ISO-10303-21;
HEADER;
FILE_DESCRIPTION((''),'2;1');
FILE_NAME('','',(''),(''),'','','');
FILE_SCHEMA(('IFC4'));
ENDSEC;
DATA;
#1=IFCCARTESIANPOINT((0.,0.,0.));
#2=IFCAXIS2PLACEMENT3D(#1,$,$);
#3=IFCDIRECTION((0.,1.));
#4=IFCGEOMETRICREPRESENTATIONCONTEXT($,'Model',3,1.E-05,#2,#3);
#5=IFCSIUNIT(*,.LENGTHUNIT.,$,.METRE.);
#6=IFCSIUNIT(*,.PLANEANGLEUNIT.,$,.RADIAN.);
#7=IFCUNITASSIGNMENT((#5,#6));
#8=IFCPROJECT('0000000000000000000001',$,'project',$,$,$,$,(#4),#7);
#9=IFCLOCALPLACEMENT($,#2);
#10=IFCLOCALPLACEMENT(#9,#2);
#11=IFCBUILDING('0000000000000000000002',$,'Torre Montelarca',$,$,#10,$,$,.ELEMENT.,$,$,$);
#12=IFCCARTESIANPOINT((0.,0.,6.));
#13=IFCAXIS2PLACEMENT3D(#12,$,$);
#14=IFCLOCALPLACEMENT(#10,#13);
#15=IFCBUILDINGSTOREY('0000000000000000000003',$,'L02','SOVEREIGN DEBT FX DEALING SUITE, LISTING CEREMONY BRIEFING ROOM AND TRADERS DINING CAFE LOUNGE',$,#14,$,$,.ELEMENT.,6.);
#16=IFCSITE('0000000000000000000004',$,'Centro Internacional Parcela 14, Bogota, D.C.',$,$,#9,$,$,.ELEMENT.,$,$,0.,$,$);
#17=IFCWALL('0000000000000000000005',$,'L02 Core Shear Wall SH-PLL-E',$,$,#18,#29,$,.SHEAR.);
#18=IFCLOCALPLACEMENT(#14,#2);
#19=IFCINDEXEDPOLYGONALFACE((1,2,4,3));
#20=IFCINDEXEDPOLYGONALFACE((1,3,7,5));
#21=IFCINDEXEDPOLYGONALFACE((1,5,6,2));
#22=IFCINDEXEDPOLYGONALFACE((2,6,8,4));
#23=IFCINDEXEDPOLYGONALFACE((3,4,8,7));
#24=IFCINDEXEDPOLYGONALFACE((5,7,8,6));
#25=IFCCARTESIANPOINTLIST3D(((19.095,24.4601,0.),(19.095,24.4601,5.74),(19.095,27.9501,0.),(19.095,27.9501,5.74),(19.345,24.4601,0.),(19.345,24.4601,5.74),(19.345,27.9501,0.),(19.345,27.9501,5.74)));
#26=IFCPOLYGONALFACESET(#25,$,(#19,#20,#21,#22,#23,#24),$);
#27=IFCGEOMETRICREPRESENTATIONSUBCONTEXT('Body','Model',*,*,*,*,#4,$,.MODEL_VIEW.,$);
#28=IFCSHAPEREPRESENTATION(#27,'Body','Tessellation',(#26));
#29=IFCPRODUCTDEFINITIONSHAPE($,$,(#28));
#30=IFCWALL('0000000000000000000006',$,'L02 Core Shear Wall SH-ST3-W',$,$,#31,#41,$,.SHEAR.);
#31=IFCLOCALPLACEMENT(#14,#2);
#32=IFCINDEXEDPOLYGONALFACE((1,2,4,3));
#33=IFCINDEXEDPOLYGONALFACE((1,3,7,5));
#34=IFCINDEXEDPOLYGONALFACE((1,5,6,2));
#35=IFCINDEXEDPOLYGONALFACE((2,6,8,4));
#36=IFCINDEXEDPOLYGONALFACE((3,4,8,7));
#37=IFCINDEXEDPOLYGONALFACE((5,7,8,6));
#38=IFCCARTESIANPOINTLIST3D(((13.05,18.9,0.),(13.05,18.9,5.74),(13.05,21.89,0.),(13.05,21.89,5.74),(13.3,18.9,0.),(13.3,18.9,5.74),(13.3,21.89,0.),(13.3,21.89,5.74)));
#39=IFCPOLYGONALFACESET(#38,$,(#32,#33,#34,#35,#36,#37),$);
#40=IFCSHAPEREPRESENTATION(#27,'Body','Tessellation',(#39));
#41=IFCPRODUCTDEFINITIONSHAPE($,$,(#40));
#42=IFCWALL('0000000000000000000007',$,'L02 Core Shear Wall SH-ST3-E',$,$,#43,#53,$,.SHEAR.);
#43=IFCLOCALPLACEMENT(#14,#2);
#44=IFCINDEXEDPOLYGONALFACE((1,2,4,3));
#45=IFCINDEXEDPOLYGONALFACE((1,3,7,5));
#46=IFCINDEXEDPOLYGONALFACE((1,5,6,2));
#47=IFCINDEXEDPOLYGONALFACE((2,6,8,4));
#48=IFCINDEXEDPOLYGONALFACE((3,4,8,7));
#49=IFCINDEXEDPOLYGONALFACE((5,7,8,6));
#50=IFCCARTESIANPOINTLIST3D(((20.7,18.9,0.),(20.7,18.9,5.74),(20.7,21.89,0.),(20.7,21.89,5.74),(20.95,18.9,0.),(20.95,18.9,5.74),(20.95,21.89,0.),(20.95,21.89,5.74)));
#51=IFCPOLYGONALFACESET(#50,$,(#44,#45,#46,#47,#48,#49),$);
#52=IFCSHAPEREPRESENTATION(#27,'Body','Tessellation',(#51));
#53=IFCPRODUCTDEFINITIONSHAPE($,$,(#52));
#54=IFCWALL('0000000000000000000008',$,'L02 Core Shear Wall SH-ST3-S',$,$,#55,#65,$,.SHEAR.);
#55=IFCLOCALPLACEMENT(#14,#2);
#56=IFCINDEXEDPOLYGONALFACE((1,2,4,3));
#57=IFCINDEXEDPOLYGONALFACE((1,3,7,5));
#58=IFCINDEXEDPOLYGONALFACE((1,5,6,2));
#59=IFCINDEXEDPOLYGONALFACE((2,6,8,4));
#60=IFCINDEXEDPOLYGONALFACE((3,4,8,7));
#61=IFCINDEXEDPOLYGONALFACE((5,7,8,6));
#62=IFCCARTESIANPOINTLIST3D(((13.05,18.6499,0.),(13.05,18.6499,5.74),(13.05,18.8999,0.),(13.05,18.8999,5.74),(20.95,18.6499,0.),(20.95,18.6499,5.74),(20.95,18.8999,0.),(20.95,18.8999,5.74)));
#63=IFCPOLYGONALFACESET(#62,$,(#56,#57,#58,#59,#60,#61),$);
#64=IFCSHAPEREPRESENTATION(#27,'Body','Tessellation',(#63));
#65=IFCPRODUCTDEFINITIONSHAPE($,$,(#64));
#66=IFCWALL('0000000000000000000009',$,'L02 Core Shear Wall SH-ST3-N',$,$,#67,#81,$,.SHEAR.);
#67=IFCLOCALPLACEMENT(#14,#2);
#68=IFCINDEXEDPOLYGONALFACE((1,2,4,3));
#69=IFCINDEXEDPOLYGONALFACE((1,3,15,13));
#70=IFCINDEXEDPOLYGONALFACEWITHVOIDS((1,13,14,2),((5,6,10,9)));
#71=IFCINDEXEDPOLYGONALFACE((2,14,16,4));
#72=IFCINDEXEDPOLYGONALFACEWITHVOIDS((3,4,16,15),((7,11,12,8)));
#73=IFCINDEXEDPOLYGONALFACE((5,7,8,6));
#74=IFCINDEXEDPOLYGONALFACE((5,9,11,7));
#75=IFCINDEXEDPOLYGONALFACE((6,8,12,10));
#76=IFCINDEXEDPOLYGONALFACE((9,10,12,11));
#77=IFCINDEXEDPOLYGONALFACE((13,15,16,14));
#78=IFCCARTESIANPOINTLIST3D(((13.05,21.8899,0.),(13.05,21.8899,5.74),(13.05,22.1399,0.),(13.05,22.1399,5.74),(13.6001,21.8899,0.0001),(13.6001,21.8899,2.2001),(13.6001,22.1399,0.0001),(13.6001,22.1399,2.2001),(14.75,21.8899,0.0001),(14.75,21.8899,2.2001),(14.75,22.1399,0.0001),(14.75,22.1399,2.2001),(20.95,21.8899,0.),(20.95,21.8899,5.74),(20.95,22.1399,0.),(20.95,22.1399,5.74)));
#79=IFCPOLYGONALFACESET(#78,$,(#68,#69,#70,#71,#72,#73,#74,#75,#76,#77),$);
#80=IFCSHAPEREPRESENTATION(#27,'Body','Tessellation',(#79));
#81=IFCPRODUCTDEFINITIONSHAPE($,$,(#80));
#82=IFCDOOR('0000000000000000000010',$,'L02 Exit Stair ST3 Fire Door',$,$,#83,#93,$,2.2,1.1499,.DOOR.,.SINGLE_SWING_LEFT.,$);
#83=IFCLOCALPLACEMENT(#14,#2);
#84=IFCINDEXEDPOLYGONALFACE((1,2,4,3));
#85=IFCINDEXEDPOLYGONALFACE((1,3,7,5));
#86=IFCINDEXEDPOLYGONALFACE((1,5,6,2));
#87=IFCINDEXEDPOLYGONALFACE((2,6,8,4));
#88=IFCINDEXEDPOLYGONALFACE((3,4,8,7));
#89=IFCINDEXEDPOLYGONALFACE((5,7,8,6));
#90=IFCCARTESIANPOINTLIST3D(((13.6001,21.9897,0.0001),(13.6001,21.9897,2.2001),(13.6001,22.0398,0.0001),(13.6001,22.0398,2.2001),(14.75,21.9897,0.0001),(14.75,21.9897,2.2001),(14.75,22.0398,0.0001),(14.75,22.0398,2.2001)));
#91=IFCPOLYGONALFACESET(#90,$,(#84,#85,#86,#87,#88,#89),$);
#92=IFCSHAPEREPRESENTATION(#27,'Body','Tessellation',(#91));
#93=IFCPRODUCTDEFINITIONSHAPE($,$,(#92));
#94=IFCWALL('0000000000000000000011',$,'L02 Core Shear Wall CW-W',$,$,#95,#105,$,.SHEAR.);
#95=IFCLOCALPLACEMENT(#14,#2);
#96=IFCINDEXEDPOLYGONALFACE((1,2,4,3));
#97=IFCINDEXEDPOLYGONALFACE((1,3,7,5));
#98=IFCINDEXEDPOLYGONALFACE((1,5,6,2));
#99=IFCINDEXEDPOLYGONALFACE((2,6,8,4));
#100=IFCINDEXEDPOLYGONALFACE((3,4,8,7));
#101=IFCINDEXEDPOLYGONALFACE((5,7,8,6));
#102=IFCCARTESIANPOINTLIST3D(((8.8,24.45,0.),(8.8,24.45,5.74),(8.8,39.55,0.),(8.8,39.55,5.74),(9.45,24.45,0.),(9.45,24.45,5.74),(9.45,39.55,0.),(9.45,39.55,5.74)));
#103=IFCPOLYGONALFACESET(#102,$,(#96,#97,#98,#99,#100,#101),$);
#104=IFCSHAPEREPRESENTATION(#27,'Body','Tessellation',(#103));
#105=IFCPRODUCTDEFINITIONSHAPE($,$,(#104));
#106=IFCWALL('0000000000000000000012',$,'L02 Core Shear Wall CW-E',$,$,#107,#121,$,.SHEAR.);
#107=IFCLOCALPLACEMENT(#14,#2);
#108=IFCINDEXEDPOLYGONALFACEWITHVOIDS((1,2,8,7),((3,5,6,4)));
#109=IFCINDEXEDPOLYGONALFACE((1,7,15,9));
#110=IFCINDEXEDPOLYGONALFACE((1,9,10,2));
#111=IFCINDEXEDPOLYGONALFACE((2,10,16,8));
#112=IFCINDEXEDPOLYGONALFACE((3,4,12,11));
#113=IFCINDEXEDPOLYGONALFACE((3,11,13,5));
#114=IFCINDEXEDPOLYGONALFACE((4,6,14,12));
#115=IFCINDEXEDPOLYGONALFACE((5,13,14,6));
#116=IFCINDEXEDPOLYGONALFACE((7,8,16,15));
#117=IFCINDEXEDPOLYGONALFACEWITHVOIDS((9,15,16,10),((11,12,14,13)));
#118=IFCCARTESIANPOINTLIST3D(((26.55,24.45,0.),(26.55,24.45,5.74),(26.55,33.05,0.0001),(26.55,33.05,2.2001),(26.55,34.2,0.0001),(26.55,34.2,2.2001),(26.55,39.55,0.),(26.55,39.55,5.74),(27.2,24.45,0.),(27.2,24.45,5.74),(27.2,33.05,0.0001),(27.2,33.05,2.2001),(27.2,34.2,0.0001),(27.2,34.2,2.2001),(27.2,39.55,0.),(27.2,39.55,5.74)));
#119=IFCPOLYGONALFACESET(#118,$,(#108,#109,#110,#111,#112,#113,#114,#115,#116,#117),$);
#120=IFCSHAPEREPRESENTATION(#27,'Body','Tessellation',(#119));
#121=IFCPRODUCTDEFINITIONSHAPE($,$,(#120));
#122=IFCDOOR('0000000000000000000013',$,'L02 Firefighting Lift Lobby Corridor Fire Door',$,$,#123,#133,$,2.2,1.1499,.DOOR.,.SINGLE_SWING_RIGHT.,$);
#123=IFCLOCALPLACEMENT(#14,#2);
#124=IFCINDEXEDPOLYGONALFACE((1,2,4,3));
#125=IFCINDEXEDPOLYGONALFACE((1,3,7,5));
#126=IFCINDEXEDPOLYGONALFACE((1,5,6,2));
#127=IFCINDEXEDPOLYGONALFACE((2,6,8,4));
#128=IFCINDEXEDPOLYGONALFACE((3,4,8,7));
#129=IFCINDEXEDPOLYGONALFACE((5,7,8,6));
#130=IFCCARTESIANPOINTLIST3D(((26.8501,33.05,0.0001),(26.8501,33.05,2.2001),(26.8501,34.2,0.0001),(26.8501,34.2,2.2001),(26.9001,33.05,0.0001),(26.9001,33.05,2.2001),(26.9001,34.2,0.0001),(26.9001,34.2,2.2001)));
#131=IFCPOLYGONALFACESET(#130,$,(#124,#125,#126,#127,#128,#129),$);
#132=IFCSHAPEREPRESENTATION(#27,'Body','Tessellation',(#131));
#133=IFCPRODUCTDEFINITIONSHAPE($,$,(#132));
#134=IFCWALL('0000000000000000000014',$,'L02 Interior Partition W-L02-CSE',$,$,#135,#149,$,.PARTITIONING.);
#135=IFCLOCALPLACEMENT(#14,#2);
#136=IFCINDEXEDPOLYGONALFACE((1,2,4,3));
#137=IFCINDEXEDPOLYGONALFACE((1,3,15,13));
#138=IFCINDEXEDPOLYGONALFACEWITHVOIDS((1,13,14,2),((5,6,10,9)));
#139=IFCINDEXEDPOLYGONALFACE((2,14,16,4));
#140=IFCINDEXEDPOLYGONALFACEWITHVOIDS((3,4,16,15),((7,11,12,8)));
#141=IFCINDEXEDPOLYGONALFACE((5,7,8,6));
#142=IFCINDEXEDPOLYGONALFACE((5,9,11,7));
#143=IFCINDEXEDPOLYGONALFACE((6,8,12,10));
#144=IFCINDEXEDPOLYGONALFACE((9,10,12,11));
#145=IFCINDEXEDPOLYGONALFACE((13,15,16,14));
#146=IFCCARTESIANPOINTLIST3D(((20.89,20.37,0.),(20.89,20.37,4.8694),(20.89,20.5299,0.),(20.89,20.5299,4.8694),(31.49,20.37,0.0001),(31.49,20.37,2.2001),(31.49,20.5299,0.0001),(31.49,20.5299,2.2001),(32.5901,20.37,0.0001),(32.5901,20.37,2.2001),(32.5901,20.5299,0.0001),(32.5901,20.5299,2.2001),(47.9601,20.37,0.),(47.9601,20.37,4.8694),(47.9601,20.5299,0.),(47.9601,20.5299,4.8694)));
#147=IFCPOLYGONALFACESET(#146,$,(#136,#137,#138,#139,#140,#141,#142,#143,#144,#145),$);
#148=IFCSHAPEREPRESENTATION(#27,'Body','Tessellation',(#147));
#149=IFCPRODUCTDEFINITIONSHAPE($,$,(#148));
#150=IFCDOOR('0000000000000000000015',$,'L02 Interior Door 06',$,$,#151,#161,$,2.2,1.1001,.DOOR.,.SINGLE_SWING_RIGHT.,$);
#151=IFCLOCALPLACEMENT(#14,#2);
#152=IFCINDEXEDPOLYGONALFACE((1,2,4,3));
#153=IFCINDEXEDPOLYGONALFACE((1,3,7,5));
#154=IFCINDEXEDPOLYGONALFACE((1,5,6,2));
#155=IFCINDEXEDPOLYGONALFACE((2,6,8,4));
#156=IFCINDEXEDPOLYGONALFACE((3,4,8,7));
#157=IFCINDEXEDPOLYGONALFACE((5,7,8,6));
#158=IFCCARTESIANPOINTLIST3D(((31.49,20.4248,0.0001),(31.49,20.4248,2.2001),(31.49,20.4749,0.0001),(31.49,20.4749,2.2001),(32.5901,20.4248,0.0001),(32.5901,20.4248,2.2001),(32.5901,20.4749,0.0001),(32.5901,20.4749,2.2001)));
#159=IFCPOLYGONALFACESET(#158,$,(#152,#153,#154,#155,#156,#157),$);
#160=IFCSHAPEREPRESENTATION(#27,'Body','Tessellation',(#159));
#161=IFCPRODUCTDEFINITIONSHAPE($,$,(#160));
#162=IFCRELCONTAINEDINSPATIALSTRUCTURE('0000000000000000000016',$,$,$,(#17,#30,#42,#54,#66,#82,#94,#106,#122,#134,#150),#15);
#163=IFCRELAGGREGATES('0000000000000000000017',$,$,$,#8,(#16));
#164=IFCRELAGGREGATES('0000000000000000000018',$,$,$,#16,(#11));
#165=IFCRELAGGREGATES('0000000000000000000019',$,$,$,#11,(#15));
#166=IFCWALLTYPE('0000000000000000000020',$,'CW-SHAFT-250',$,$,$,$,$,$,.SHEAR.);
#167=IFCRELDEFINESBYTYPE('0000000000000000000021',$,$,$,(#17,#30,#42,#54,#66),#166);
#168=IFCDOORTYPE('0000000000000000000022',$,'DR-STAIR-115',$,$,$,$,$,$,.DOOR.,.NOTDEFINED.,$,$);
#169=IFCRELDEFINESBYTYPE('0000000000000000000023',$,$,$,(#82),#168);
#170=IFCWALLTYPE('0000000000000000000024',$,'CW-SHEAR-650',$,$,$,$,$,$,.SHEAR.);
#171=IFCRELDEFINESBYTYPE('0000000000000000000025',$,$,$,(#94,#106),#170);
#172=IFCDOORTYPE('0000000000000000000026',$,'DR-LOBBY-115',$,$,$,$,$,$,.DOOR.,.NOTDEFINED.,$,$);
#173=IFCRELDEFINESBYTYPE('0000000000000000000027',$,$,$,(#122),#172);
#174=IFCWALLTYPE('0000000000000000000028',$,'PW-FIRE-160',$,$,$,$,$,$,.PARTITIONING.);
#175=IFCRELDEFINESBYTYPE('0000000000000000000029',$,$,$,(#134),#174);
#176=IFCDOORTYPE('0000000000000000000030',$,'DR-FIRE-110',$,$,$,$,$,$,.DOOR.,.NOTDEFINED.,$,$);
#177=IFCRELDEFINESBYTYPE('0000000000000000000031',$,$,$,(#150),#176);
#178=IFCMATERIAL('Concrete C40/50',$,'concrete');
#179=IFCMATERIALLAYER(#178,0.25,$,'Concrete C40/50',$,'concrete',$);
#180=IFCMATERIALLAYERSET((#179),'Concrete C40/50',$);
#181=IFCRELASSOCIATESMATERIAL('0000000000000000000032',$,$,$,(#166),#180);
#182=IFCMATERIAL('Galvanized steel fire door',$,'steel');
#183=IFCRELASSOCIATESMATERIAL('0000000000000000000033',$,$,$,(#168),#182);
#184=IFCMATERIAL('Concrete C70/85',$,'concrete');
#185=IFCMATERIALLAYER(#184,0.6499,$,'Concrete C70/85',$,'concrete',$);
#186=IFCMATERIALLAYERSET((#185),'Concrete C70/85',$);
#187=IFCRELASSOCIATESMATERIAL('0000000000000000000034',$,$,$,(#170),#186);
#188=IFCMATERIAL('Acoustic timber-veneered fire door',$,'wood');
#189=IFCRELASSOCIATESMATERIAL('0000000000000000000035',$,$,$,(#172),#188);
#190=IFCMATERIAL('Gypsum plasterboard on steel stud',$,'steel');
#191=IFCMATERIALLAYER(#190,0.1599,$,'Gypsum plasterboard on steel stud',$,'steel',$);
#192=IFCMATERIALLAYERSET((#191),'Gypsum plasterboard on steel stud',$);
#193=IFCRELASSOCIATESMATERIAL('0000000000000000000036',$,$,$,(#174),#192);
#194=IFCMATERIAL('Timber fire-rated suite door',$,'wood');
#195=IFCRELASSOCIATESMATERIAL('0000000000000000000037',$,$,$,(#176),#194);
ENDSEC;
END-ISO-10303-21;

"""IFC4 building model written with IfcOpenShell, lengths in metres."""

from ifc_helpers import new_model, si_unit, direction, frame, frame_2d, origin, place, context, subcontext, project, spatial, rectangle, extrude, source, transform, mapped, material, layer, layer_set, type_object, element, fill, save


model = new_model("IFC4")

# Units and contexts
model_context = context("Model", 3, precision=1e-05, world=origin(), true_north=direction((0.0, 1.0)))
body_context = subcontext(model_context, "Body", "Model", "MODEL_VIEW")
ifc_project = project(units=[si_unit("LENGTHUNIT", "METRE"), si_unit("PLANEANGLEUNIT", "RADIAN")], contexts=[model_context])

# Site, building, storey
site_placement = place(None, origin())
site = spatial("IfcSite", under=ifc_project, at=site_placement, Name="Centro Internacional Parcela 14, Bogota, D.C.", CompositionType="ELEMENT", RefElevation=0.0)
building_placement = place(site_placement, origin())
building = spatial("IfcBuilding", under=site, at=building_placement, Name="Torre Montelarca", CompositionType="ELEMENT")
storey_placement = place(building_placement, frame((0.0, 0.0, 6.0)))
storey = spatial("IfcBuildingStorey", under=building, at=storey_placement, Name="L02", Description="SOVEREIGN DEBT FX DEALING SUITE, LISTING CEREMONY BRIEFING ROOM AND TRADERS DINING CAFE LOUNGE", CompositionType="ELEMENT", Elevation=6.0)

# Shared definitions
ifc_material_1 = material(Name="Concrete C70/85", Category="concrete")

# Shared definitions
ifc_material_2 = material(Name="Concrete C40/50", Category="concrete")
ifc_layer_1 = layer(ifc_material_2, 0.25, Name="Concrete C40/50", Category="concrete")
ifc_layer_set_1 = layer_set([ifc_layer_1], Name="Concrete C40/50")
wall_type_1 = type_object("IfcWallType", Name="CW-SHAFT-250", PredefinedType="SHEAR", material=ifc_layer_set_1)
ifc_material_3 = material(Name="Galvanized steel fire door", Category="steel")
door_type_1 = type_object("IfcDoorType", Name="DR-STAIR-115", OperationType="NOTDEFINED", PredefinedType="DOOR", material=ifc_material_3)
shared_shape_1 = source(origin(), body_context, "Body", "SweptSolid", [
    extrude(rectangle(XDim=1.1499, YDim=2.2, at=frame_2d((0.575, 1.1001))), frame((0.0, 0.0249, 0.0), z_axis=(0.0, -1.0, 0.0), x_axis=(1.0, 0.0, 0.0)), (0.0, 0.0, 1.0), 0.05),
])

# Walls
for number, where, z_axis, x_axis, name in (
    (1, (19.22, 24.46, 0.0), (0.0, 0.0, 1.0), (0.0, 1.0, 0.0), "L02 Core Shear Wall SH-PLL-E"),
):
    element("IfcWall", number, at=place(storey_placement, frame(where, z_axis=z_axis, x_axis=x_axis)), inside=storey, type_object=wall_type_1, Name=name, PredefinedType="SHEAR", context=body_context, shape_type="SweptSolid", body=[
        extrude(rectangle(XDim=3.49, YDim=0.25, at=frame_2d((1.7451, 0.0))), origin(), (0.0, 0.0, 1.0), 5.74),
    ])
for number, where, z_axis, x_axis, name in (
    (2, (13.175, 18.8999, 0.0), (0.0, 0.0, 1.0), (0.0, 1.0, 0.0), "L02 Core Shear Wall SH-ST3-W"),
    (3, (20.825, 18.8999, 0.0), (0.0, 0.0, 1.0), (0.0, 1.0, 0.0), "L02 Core Shear Wall SH-ST3-E"),
):
    element("IfcWall", number, at=place(storey_placement, frame(where, z_axis=z_axis, x_axis=x_axis)), inside=storey, type_object=wall_type_1, Name=name, PredefinedType="SHEAR", context=body_context, shape_type="SweptSolid", body=[
        extrude(rectangle(XDim=2.99, YDim=0.25, at=frame_2d((1.4951, 0.0))), origin(), (0.0, 0.0, 1.0), 5.74),
    ])
wall_1_placement = place(storey_placement, frame((13.05, 18.7749, 0.0), z_axis=(0.0, 0.0, 1.0), x_axis=(1.0, 0.0, 0.0)))
element("IfcWall", 4, at=wall_1_placement, inside=storey, type_object=wall_type_1, Name="L02 Core Shear Wall SH-ST3-S", PredefinedType="SHEAR", context=body_context, shape_type="SweptSolid", body=[
    extrude(rectangle(XDim=7.8999, YDim=0.25, at=frame_2d((3.95, 0.0))), origin(), (0.0, 0.0, 1.0), 5.74),
])

# Wall, opening, door
wall_2_placement = place(storey_placement, frame((13.05, 22.0149, 0.0), z_axis=(0.0, 0.0, 1.0), x_axis=(1.0, 0.0, 0.0)))
wall_2 = element("IfcWall", 5, at=wall_2_placement, inside=storey, type_object=wall_type_1, Name="L02 Core Shear Wall SH-ST3-N", PredefinedType="SHEAR", context=body_context, shape_type="SweptSolid", body=[
    extrude(rectangle(XDim=7.8999, YDim=0.25, at=frame_2d((3.95, 0.0))), origin(), (0.0, 0.0, 1.0), 5.74),
])
opening_1_placement = place(wall_2_placement, frame((0.55, 0.0, 0.0)))
opening_1 = element("IfcOpeningElement", 6, at=opening_1_placement, cuts=wall_2, PredefinedType="OPENING", context=body_context, shape_type="SweptSolid", body=[
    extrude(rectangle(XDim=1.1499, YDim=2.2, at=frame_2d((0.575, 1.1001))), frame((0.0, 0.135, 0.0), z_axis=(0.0, -1.0, 0.0), x_axis=(1.0, 0.0, 0.0)), (0.0, 0.0, 1.0), 0.27),
])
door_1_placement = place(opening_1_placement, origin())
door_1 = element("IfcDoor", 7, at=door_1_placement, inside=storey, type_object=door_type_1, Name="L02 Exit Stair ST3 Fire Door", OperationType="SINGLE_SWING_LEFT", OverallHeight=2.2, OverallWidth=1.1499, PredefinedType="DOOR", context=body_context, shape_type="MappedRepresentation", body=[
    mapped(shared_shape_1, transform((0.0, 0.0, 0.0), scale=1.0)),
])
fill(opening_1, door_1)

# Wall
ifc_layer_2 = layer(ifc_material_1, 0.6499, Name="Concrete C70/85", Category="concrete")
ifc_layer_set_2 = layer_set([ifc_layer_2], Name="Concrete C70/85")
wall_type_2 = type_object("IfcWallType", Name="CW-SHEAR-650", PredefinedType="SHEAR", material=ifc_layer_set_2)
wall_3_placement = place(storey_placement, frame((9.125, 24.45, 0.0), z_axis=(0.0, 0.0, 1.0), x_axis=(0.0, 1.0, 0.0)))
element("IfcWall", 8, at=wall_3_placement, inside=storey, type_object=wall_type_2, Name="L02 Core Shear Wall CW-W", PredefinedType="SHEAR", context=body_context, shape_type="SweptSolid", body=[
    extrude(rectangle(XDim=15.1001, YDim=0.6499, at=frame_2d((7.55, 0.0))), origin(), (0.0, 0.0, 1.0), 5.74),
])

# Walls, openings, doors
wall_4_placement = place(storey_placement, frame((26.875, 24.45, 0.0), z_axis=(0.0, 0.0, 1.0), x_axis=(0.0, 1.0, 0.0)))
wall_4 = element("IfcWall", 9, at=wall_4_placement, inside=storey, type_object=wall_type_2, Name="L02 Core Shear Wall CW-E", PredefinedType="SHEAR", context=body_context, shape_type="SweptSolid", body=[
    extrude(rectangle(XDim=15.1001, YDim=0.6499, at=frame_2d((7.55, 0.0))), origin(), (0.0, 0.0, 1.0), 5.74),
])
opening_2_placement = place(wall_4_placement, frame((8.6001, 0.0, 0.0)))
opening_2 = element("IfcOpeningElement", 10, at=opening_2_placement, cuts=wall_4, PredefinedType="OPENING", context=body_context, shape_type="SweptSolid", body=[
    extrude(rectangle(XDim=1.1499, YDim=2.2, at=frame_2d((0.575, 1.1001))), frame((0.0, 0.335, 0.0), z_axis=(0.0, -1.0, 0.0), x_axis=(1.0, 0.0, 0.0)), (0.0, 0.0, 1.0), 0.6699),
])
ifc_material_4 = material(Name="Acoustic timber-veneered fire door", Category="wood")
door_type_2 = type_object("IfcDoorType", Name="DR-LOBBY-115", OperationType="NOTDEFINED", PredefinedType="DOOR", material=ifc_material_4)
shared_shape_2 = source(origin(), body_context, "Body", "SweptSolid", [
    extrude(rectangle(XDim=1.1499, YDim=2.2, at=frame_2d((0.575, 1.1001))), frame((0.0, 0.0249, 0.0), z_axis=(0.0, -1.0, 0.0), x_axis=(1.0, 0.0, 0.0)), (0.0, 0.0, 1.0), 0.05),
])
door_2_placement = place(opening_2_placement, origin())
door_2 = element("IfcDoor", 11, at=door_2_placement, inside=storey, type_object=door_type_2, Name="L02 Firefighting Lift Lobby Corridor Fire Door", OperationType="SINGLE_SWING_RIGHT", OverallHeight=2.2, OverallWidth=1.1499, PredefinedType="DOOR", context=body_context, shape_type="MappedRepresentation", body=[
    mapped(shared_shape_2, transform((0.0, 0.0, 0.0), scale=1.0)),
])
fill(opening_2, door_2)
ifc_material_5 = material(Name="Gypsum plasterboard on steel stud", Category="steel")
ifc_layer_3 = layer(ifc_material_5, 0.1599, Name="Gypsum plasterboard on steel stud", Category="steel")
ifc_layer_set_3 = layer_set([ifc_layer_3], Name="Gypsum plasterboard on steel stud")
wall_type_3 = type_object("IfcWallType", Name="PW-FIRE-160", PredefinedType="PARTITIONING", material=ifc_layer_set_3)
wall_5_placement = place(storey_placement, frame((20.8899, 20.45, 0.0), z_axis=(0.0, 0.0, 1.0), x_axis=(1.0, 0.0, 0.0)))
wall_5 = element("IfcWall", 12, at=wall_5_placement, inside=storey, type_object=wall_type_3, Name="L02 Interior Partition W-L02-CSE", PredefinedType="PARTITIONING", context=body_context, shape_type="SweptSolid", body=[
    extrude(rectangle(XDim=27.0701, YDim=0.1599, at=frame_2d((13.5352, 0.0))), origin(), (0.0, 0.0, 1.0), 4.8694),
])
opening_3_placement = place(wall_5_placement, frame((10.6001, 0.0, 0.0)))
opening_3 = element("IfcOpeningElement", 13, at=opening_3_placement, cuts=wall_5, PredefinedType="OPENING", context=body_context, shape_type="SweptSolid", body=[
    extrude(rectangle(XDim=1.1001, YDim=2.2, at=frame_2d((0.55, 1.1001))), frame((0.0, 0.0898, 0.0), z_axis=(0.0, -1.0, 0.0), x_axis=(1.0, 0.0, 0.0)), (0.0, 0.0, 1.0), 0.1799),
])
ifc_material_6 = material(Name="Timber fire-rated suite door", Category="wood")
door_type_3 = type_object("IfcDoorType", Name="DR-FIRE-110", OperationType="NOTDEFINED", PredefinedType="DOOR", material=ifc_material_6)
shared_shape_3 = source(origin(), body_context, "Body", "SweptSolid", [
    extrude(rectangle(XDim=1.1001, YDim=2.2, at=frame_2d((0.55, 1.1001))), frame((0.0, 0.0249, 0.0), z_axis=(0.0, -1.0, 0.0), x_axis=(1.0, 0.0, 0.0)), (0.0, 0.0, 1.0), 0.05),
])
door_3_placement = place(opening_3_placement, origin())
door_3 = element("IfcDoor", 14, at=door_3_placement, inside=storey, type_object=door_type_3, Name="L02 Interior Door 06", OperationType="SINGLE_SWING_RIGHT", OverallHeight=2.2, OverallWidth=1.1001, PredefinedType="DOOR", context=body_context, shape_type="MappedRepresentation", body=[
    mapped(shared_shape_3, transform((0.0, 0.0, 0.0), scale=1.0)),
])
fill(opening_3, door_3)

save(model, "model.ifc")
